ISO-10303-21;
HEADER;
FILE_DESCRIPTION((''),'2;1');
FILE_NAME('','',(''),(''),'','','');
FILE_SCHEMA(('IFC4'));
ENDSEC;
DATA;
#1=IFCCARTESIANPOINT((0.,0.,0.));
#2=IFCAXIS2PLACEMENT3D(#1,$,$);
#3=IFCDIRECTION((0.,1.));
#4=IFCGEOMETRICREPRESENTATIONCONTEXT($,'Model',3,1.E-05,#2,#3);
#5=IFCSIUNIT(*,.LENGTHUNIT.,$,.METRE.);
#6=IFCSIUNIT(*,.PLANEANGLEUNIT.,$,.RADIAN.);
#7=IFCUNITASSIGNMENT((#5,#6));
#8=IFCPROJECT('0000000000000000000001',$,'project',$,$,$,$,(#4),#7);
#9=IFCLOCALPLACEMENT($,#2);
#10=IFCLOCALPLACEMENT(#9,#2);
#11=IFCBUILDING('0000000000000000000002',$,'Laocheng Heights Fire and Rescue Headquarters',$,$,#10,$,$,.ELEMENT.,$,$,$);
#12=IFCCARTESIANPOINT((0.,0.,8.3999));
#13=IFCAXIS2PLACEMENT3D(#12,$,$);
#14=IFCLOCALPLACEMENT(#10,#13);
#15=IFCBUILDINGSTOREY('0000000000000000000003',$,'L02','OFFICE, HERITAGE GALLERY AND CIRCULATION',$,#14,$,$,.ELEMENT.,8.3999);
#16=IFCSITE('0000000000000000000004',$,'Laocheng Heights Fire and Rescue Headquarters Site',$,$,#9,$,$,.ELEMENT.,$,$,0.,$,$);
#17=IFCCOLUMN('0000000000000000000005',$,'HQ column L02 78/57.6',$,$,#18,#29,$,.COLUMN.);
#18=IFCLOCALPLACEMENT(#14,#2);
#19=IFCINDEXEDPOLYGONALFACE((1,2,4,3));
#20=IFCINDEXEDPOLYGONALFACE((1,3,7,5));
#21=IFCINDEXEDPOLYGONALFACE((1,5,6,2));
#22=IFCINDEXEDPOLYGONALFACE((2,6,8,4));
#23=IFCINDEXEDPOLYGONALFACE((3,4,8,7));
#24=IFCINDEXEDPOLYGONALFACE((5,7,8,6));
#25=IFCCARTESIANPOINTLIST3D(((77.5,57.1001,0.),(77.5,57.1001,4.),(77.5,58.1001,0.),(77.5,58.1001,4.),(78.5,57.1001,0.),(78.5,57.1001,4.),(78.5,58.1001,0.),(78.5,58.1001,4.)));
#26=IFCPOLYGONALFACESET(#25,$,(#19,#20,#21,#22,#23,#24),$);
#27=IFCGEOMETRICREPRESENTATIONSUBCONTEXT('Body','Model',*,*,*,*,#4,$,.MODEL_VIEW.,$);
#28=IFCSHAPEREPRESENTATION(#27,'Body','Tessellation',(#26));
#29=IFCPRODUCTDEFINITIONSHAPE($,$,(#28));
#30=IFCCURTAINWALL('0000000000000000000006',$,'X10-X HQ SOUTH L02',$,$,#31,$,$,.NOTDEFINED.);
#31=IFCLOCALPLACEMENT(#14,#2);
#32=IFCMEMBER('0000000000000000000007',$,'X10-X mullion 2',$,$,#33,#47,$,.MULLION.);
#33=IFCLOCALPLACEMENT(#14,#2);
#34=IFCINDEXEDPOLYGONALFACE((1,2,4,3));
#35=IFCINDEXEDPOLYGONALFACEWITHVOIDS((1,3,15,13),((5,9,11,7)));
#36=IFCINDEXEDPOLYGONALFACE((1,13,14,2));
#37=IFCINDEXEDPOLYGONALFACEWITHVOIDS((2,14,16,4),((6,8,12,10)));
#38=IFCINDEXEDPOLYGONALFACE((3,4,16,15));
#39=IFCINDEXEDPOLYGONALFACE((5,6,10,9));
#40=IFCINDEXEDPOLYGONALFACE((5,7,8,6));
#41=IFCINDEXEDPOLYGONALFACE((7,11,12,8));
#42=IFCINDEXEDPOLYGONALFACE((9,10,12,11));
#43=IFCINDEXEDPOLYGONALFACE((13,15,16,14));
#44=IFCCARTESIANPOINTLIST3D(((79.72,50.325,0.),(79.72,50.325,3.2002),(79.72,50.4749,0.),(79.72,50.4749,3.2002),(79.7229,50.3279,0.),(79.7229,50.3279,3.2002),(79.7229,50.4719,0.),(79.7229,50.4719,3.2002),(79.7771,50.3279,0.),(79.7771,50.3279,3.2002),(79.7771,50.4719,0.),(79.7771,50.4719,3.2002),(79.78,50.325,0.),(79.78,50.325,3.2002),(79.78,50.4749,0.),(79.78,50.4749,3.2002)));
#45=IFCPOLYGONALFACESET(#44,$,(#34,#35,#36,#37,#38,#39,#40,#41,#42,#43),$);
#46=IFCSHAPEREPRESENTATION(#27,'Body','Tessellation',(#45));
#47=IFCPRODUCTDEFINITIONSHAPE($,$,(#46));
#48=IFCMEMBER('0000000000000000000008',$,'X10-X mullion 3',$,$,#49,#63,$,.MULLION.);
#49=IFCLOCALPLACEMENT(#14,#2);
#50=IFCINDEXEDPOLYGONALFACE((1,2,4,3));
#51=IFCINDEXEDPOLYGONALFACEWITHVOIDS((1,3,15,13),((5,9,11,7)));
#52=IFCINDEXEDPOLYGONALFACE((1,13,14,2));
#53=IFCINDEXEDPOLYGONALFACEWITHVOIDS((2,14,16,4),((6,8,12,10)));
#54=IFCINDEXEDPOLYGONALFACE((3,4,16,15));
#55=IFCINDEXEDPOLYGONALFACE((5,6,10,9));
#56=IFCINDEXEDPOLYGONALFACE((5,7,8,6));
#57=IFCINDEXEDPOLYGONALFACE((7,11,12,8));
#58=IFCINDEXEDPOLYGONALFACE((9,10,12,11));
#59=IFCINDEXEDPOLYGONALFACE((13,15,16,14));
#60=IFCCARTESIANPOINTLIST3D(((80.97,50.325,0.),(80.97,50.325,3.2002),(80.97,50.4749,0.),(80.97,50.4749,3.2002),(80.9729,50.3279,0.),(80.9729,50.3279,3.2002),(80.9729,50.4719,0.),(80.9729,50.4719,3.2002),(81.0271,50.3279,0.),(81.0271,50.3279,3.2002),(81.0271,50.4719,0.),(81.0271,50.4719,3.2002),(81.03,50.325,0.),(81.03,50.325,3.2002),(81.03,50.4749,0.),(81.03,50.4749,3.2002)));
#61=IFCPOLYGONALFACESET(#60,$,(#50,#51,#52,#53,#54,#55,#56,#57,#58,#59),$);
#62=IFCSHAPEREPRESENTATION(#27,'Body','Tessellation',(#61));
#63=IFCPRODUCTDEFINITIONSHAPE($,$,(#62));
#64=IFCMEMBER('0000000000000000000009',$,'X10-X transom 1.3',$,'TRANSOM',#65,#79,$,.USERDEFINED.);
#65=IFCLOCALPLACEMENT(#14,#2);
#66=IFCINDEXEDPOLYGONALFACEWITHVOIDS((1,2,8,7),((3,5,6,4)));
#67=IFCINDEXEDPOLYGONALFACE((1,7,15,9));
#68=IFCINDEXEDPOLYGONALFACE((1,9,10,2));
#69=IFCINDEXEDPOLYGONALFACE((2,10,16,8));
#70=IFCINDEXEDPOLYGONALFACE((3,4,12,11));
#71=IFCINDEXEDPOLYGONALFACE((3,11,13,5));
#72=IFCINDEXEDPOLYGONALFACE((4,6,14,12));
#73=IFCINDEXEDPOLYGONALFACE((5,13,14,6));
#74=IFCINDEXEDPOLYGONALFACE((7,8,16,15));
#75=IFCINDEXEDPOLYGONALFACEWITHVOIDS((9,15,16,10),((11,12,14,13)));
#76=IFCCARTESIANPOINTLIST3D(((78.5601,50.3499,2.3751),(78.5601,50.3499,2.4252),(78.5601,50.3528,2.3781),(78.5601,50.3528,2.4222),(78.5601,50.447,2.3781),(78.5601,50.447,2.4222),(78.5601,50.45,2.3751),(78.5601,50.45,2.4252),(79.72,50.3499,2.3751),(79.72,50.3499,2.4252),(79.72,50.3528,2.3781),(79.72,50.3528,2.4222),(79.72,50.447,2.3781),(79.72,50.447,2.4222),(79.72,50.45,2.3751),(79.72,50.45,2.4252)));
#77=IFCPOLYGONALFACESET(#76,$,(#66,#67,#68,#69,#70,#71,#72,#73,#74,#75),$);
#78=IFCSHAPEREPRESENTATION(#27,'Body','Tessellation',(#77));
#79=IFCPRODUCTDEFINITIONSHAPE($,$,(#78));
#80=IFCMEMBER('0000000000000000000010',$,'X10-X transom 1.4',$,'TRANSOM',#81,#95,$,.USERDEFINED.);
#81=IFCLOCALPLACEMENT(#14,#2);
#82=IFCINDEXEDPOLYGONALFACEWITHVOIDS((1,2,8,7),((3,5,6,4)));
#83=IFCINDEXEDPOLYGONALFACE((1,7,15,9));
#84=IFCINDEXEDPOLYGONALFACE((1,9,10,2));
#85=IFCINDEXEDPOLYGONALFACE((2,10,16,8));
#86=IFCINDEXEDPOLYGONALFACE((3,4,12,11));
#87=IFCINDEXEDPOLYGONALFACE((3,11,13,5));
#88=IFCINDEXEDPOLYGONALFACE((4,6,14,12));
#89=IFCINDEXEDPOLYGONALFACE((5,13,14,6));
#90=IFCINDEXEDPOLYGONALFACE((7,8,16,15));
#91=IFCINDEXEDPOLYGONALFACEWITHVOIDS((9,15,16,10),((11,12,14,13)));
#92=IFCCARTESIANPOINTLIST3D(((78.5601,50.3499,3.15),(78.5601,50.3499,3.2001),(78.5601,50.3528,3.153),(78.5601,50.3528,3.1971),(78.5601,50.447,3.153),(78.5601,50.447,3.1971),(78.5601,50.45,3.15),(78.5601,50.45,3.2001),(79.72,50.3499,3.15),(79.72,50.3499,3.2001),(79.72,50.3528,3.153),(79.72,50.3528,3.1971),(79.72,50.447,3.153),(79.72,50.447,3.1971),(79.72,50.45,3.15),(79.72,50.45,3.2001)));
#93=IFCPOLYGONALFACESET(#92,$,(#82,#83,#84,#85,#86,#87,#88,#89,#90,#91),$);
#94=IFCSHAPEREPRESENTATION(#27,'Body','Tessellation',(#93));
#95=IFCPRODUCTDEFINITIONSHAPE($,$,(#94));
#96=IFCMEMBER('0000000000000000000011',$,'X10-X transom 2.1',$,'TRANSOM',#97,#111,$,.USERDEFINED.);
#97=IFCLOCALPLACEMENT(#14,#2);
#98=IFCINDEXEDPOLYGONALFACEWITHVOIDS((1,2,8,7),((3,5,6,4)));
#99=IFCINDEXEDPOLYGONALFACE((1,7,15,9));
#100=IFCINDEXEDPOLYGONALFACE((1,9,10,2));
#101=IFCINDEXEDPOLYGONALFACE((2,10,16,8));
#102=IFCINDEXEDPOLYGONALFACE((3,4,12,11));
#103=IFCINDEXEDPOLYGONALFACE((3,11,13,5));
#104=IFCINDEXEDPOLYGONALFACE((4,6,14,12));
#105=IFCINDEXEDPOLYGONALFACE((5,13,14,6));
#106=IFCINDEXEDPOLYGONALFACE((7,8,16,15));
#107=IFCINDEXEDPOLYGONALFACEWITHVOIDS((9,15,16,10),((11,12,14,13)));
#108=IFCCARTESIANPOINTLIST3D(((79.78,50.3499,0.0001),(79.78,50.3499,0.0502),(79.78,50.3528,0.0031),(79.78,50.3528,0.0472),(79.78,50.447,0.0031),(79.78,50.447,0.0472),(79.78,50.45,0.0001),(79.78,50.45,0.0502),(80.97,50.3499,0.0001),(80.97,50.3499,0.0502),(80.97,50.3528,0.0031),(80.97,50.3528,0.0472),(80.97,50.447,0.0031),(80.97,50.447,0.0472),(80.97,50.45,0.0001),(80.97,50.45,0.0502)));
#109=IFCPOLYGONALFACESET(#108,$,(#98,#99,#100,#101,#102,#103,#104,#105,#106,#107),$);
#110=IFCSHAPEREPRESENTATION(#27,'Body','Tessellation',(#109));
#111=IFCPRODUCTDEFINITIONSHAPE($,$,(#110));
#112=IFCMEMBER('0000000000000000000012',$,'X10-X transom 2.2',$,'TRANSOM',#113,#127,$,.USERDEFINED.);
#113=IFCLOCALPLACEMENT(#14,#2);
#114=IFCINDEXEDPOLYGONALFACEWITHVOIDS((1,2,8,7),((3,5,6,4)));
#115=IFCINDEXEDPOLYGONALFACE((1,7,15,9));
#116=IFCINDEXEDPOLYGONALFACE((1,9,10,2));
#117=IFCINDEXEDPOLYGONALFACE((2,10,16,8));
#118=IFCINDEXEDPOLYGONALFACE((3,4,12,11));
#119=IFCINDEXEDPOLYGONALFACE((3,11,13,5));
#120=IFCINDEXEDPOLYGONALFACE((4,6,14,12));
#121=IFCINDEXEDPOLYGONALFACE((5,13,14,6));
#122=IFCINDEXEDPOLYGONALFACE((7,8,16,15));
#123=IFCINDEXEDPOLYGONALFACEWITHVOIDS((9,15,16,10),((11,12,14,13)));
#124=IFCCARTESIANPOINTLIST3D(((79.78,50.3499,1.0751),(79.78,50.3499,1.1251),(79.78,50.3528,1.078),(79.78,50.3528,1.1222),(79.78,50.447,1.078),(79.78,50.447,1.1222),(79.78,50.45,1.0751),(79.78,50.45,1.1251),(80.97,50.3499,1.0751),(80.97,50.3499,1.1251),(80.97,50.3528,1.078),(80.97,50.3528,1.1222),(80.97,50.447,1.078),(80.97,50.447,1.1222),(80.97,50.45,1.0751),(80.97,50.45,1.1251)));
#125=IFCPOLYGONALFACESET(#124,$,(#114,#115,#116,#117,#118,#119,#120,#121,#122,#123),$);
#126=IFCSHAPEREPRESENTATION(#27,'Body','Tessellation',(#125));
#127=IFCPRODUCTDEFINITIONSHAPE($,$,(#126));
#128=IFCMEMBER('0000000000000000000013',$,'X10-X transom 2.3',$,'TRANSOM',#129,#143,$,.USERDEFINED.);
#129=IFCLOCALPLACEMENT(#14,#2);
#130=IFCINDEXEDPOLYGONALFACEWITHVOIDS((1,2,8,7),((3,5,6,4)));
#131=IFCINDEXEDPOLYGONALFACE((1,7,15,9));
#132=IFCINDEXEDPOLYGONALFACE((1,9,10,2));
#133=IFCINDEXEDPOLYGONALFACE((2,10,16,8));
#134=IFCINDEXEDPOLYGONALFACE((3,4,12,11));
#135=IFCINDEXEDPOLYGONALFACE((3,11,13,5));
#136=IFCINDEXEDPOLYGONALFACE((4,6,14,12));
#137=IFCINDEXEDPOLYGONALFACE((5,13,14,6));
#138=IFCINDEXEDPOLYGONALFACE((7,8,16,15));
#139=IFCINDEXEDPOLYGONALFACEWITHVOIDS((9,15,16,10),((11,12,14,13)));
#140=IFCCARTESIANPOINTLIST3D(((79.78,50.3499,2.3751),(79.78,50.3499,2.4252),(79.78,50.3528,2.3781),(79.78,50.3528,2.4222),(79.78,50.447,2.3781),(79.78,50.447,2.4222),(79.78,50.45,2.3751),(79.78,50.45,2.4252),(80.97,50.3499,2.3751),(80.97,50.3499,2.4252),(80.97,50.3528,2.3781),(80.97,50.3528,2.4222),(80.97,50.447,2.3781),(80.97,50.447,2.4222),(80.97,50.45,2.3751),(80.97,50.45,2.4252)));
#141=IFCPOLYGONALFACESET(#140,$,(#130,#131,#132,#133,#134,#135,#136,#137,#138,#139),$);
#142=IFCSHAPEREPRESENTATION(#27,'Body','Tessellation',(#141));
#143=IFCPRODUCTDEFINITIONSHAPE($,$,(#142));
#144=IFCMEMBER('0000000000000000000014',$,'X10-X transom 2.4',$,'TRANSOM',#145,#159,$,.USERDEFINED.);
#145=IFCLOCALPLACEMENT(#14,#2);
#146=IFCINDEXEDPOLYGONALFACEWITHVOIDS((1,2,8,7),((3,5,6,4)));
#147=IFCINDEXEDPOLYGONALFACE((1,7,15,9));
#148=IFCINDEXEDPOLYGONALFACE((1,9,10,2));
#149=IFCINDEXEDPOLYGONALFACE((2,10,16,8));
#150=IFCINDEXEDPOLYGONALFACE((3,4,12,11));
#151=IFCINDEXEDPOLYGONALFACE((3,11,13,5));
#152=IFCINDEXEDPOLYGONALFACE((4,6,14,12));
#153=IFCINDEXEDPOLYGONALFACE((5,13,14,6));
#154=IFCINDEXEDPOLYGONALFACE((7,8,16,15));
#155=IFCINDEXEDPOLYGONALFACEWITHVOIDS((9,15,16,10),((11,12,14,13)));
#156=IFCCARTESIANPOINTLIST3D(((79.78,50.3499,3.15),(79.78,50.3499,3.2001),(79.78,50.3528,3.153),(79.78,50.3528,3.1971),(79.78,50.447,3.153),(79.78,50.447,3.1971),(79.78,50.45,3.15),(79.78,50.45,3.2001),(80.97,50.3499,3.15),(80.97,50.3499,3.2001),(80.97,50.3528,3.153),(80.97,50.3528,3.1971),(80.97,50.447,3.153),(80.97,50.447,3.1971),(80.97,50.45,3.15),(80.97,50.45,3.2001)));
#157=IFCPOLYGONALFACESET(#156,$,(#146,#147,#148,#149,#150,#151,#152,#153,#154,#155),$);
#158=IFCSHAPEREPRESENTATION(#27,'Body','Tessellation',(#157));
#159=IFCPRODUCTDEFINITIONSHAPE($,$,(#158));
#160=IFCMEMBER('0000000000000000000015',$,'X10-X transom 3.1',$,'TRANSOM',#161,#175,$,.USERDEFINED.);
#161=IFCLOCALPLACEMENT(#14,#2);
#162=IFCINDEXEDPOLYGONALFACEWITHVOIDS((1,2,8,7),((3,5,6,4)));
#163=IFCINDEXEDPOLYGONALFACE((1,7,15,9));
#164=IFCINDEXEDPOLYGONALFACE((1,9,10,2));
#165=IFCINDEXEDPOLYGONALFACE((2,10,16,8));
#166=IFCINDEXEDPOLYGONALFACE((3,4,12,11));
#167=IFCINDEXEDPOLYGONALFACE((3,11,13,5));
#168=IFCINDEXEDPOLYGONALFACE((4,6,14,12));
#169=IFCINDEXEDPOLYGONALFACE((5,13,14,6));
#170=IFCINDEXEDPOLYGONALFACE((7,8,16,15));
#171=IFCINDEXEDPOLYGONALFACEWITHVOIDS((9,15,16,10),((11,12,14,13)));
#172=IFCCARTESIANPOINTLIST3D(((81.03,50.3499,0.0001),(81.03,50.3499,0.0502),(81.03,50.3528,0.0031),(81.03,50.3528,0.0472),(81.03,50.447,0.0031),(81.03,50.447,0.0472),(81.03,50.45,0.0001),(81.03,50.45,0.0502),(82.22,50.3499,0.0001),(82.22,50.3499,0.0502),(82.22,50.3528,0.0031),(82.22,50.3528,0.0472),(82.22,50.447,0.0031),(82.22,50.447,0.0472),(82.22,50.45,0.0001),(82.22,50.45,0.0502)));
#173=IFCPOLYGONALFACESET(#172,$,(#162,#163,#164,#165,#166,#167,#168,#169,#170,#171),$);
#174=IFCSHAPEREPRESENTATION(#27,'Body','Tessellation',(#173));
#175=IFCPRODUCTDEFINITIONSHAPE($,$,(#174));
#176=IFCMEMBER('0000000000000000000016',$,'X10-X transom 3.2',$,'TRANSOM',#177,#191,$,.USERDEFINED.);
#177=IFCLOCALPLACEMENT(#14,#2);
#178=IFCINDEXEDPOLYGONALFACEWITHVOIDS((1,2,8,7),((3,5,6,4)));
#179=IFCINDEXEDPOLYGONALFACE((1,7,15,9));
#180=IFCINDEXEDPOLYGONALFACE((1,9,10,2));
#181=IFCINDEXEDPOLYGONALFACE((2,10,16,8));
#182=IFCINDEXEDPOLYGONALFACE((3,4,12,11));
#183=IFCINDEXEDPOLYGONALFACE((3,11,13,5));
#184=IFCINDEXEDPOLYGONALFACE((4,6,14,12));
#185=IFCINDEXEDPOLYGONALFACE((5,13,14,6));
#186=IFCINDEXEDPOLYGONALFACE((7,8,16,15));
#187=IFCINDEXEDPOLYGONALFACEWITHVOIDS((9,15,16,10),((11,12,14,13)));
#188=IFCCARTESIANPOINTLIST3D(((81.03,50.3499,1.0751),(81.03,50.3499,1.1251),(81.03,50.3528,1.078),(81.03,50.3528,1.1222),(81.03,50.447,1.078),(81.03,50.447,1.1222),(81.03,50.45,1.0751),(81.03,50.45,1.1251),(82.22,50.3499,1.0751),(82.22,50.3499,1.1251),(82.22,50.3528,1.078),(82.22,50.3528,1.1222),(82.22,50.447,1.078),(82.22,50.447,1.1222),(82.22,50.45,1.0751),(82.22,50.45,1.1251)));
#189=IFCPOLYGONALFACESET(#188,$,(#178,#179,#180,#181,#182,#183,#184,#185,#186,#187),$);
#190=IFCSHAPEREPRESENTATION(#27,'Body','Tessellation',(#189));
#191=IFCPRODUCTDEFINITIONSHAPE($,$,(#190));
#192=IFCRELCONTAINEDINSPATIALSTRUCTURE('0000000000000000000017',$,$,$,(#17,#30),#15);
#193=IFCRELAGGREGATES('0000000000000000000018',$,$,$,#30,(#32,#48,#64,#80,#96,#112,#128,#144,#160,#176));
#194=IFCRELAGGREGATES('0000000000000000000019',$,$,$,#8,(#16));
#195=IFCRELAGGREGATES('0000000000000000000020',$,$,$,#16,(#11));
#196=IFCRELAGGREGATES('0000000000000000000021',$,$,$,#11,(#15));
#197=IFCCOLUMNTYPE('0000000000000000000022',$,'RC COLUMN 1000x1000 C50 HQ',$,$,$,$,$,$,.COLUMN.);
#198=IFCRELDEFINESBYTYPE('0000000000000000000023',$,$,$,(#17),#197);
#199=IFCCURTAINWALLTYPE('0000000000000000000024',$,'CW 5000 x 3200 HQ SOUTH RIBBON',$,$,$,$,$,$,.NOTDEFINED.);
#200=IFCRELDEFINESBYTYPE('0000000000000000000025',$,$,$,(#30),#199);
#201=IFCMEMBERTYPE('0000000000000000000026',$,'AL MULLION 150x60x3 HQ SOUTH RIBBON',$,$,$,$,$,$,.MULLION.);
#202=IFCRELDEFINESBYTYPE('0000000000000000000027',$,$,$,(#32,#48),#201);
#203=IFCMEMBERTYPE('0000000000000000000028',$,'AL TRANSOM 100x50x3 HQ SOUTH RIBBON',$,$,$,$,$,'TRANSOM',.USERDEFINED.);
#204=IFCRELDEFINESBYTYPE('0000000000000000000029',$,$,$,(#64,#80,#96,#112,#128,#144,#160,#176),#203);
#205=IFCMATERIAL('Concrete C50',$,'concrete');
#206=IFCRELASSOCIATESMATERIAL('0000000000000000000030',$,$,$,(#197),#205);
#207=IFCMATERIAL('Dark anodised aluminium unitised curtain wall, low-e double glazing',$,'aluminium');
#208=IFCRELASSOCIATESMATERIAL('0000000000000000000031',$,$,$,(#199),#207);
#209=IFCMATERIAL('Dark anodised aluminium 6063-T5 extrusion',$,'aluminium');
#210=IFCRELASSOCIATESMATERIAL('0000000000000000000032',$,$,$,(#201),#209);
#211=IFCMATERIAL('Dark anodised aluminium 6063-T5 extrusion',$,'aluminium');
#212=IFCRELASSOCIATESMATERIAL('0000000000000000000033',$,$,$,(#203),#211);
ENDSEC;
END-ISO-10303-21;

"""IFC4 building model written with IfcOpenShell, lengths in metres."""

from ifc_helpers import new_model, si_unit, direction, frame, origin, origin_2d, place, context, subcontext, project, spatial, rectangle, hollow_rectangle, extrude, material, material_profile, profile_set, type_object, element, aggregate, save


model = new_model("IFC4")

# Units and contexts
model_context = context("Model", 3, precision=1e-05, world=origin(), true_north=direction((0.0, 1.0)))
body_context = subcontext(model_context, "Body", "Model", "MODEL_VIEW")
ifc_project = project(units=[si_unit("LENGTHUNIT", "METRE"), si_unit("PLANEANGLEUNIT", "RADIAN")], contexts=[model_context])

# Site, building, storey
site_placement = place(None, origin())
site = spatial("IfcSite", under=ifc_project, at=site_placement, Name="Laocheng Heights Fire and Rescue Headquarters Site", CompositionType="ELEMENT", RefElevation=0.0)
building_placement = place(site_placement, origin())
building = spatial("IfcBuilding", under=site, at=building_placement, Name="Laocheng Heights Fire and Rescue Headquarters", CompositionType="ELEMENT")
storey_placement = place(building_placement, frame((0.0, 0.0, 8.3999)))
storey = spatial("IfcBuildingStorey", under=building, at=storey_placement, Name="L02", Description="OFFICE, HERITAGE GALLERY AND CIRCULATION", CompositionType="ELEMENT", Elevation=8.3999)

# Column
ifc_material_1 = material(Name="Concrete C50", Category="concrete")
ifc_material_profile_1 = material_profile(ifc_material_1, rectangle(XDim=1.0, YDim=1.0, at=origin_2d()), Name="RC COLUMN 1000x1000 C50 HQ")
ifc_profile_set_1 = profile_set([ifc_material_profile_1], Name="Concrete C50")
column_type = type_object("IfcColumnType", Name="RC COLUMN 1000x1000 C50 HQ", PredefinedType="COLUMN", material=ifc_profile_set_1)
column_placement = place(storey_placement, frame((78.0, 57.6001, 0.0), z_axis=(0.0, 0.0, 1.0), x_axis=(1.0, 0.0, 0.0)))
element("IfcColumn", 1, at=column_placement, inside=storey, type_object=column_type, Name="HQ column L02 78/57.6", PredefinedType="COLUMN", context=body_context, shape_type="SweptSolid", body=[
    extrude(rectangle(XDim=1.0, YDim=1.0, at=origin_2d()), origin(), (0.0, 0.0, 1.0), 4.0),
])

# Curtain wall, members
ifc_material_2 = material(Name="Dark anodised aluminium unitised curtain wall, low-e double glazing", Category="aluminium")
curtain_wall_type = type_object("IfcCurtainWallType", Name="CW 5000 x 3200 HQ SOUTH RIBBON", PredefinedType="NOTDEFINED", material=ifc_material_2)
curtain_wall_placement = place(storey_placement, origin())
curtain_wall = element("IfcCurtainWall", 2, at=curtain_wall_placement, inside=storey, type_object=curtain_wall_type, Name="X10-X HQ SOUTH L02", PredefinedType="NOTDEFINED")
ifc_material_3 = material(Name="Dark anodised aluminium 6063-T5 extrusion", Category="aluminium")
ifc_material_profile_2 = material_profile(ifc_material_3, hollow_rectangle(XDim=0.1499, YDim=0.0601, WallThickness=0.0029, at=origin_2d()), Name="AL MULLION 150x60x3 HQ SOUTH RIBBON")
ifc_profile_set_2 = profile_set([ifc_material_profile_2], Name="Dark anodised aluminium 6063-T5 extrusion")
member_type_1 = type_object("IfcMemberType", Name="AL MULLION 150x60x3 HQ SOUTH RIBBON", PredefinedType="MULLION", material=ifc_profile_set_2)
member_1_placement = place(storey_placement, frame((79.75, 50.3999, 0.0), z_axis=(0.0, 0.0, 1.0), x_axis=(0.0, 1.0, 0.0)))
member_1 = element("IfcMember", 3, at=member_1_placement, type_object=member_type_1, Name="X10-X mullion 2", PredefinedType="MULLION", context=body_context, shape_type="SweptSolid", body=[
    extrude(hollow_rectangle(XDim=0.1499, YDim=0.0601, WallThickness=0.0029, at=origin_2d()), origin(), (0.0, 0.0, 1.0), 3.2002),
])
member_2_placement = place(storey_placement, frame((81.0, 50.3999, 0.0), z_axis=(0.0, 0.0, 1.0), x_axis=(0.0, 1.0, 0.0)))
member_2 = element("IfcMember", 4, at=member_2_placement, type_object=member_type_1, Name="X10-X mullion 3", PredefinedType="MULLION", context=body_context, shape_type="SweptSolid", body=[
    extrude(hollow_rectangle(XDim=0.1499, YDim=0.0601, WallThickness=0.0029, at=origin_2d()), origin(), (0.0, 0.0, 1.0), 3.2002),
])
ifc_material_4 = material(Name="Dark anodised aluminium 6063-T5 extrusion", Category="aluminium")
ifc_material_profile_3 = material_profile(ifc_material_4, hollow_rectangle(XDim=0.1001, YDim=0.05, WallThickness=0.0029, at=origin_2d()), Name="AL TRANSOM 100x50x3 HQ SOUTH RIBBON")
ifc_profile_set_3 = profile_set([ifc_material_profile_3], Name="Dark anodised aluminium 6063-T5 extrusion")
member_type_2 = type_object("IfcMemberType", Name="AL TRANSOM 100x50x3 HQ SOUTH RIBBON", ElementType="TRANSOM", PredefinedType="USERDEFINED", material=ifc_profile_set_3)
member_3_placement = place(storey_placement, frame((78.5601, 50.3999, 2.4001), z_axis=(1.0, 0.0, 0.0), x_axis=(0.0, 1.0, 0.0)))
member_3 = element("IfcMember", 5, at=member_3_placement, type_object=member_type_2, Name="X10-X transom 1.3", ObjectType="TRANSOM", PredefinedType="USERDEFINED", context=body_context, shape_type="SweptSolid", body=[
    extrude(hollow_rectangle(XDim=0.1001, YDim=0.05, WallThickness=0.0029, at=origin_2d()), origin(), (0.0, 0.0, 1.0), 1.1599),
])
member_4_placement = place(storey_placement, frame((78.5601, 50.3999, 3.175), z_axis=(1.0, 0.0, 0.0), x_axis=(0.0, 1.0, 0.0)))
member_4 = element("IfcMember", 6, at=member_4_placement, type_object=member_type_2, Name="X10-X transom 1.4", ObjectType="TRANSOM", PredefinedType="USERDEFINED", context=body_context, shape_type="SweptSolid", body=[
    extrude(hollow_rectangle(XDim=0.1001, YDim=0.05, WallThickness=0.0029, at=origin_2d()), origin(), (0.0, 0.0, 1.0), 1.1599),
])
member_5_placement = place(storey_placement, frame((79.78, 50.3999, 0.0251), z_axis=(1.0, 0.0, 0.0), x_axis=(0.0, 1.0, 0.0)))
member_5 = element("IfcMember", 7, at=member_5_placement, type_object=member_type_2, Name="X10-X transom 2.1", ObjectType="TRANSOM", PredefinedType="USERDEFINED", context=body_context, shape_type="SweptSolid", body=[
    extrude(hollow_rectangle(XDim=0.1001, YDim=0.05, WallThickness=0.0029, at=origin_2d()), origin(), (0.0, 0.0, 1.0), 1.1899),
])
member_6_placement = place(storey_placement, frame((79.78, 50.3999, 1.1001), z_axis=(1.0, 0.0, 0.0), x_axis=(0.0, 1.0, 0.0)))
member_6 = element("IfcMember", 8, at=member_6_placement, type_object=member_type_2, Name="X10-X transom 2.2", ObjectType="TRANSOM", PredefinedType="USERDEFINED", context=body_context, shape_type="SweptSolid", body=[
    extrude(hollow_rectangle(XDim=0.1001, YDim=0.05, WallThickness=0.0029, at=origin_2d()), origin(), (0.0, 0.0, 1.0), 1.1899),
])
member_7_placement = place(storey_placement, frame((79.78, 50.3999, 2.4001), z_axis=(1.0, 0.0, 0.0), x_axis=(0.0, 1.0, 0.0)))
member_7 = element("IfcMember", 9, at=member_7_placement, type_object=member_type_2, Name="X10-X transom 2.3", ObjectType="TRANSOM", PredefinedType="USERDEFINED", context=body_context, shape_type="SweptSolid", body=[
    extrude(hollow_rectangle(XDim=0.1001, YDim=0.05, WallThickness=0.0029, at=origin_2d()), origin(), (0.0, 0.0, 1.0), 1.1899),
])
member_8_placement = place(storey_placement, frame((79.78, 50.3999, 3.175), z_axis=(1.0, 0.0, 0.0), x_axis=(0.0, 1.0, 0.0)))
member_8 = element("IfcMember", 10, at=member_8_placement, type_object=member_type_2, Name="X10-X transom 2.4", ObjectType="TRANSOM", PredefinedType="USERDEFINED", context=body_context, shape_type="SweptSolid", body=[
    extrude(hollow_rectangle(XDim=0.1001, YDim=0.05, WallThickness=0.0029, at=origin_2d()), origin(), (0.0, 0.0, 1.0), 1.1899),
])
member_9_placement = place(storey_placement, frame((81.03, 50.3999, 0.0251), z_axis=(1.0, 0.0, 0.0), x_axis=(0.0, 1.0, 0.0)))
member_9 = element("IfcMember", 11, at=member_9_placement, type_object=member_type_2, Name="X10-X transom 3.1", ObjectType="TRANSOM", PredefinedType="USERDEFINED", context=body_context, shape_type="SweptSolid", body=[
    extrude(hollow_rectangle(XDim=0.1001, YDim=0.05, WallThickness=0.0029, at=origin_2d()), origin(), (0.0, 0.0, 1.0), 1.1899),
])
member_10_placement = place(storey_placement, frame((81.03, 50.3999, 1.1001), z_axis=(1.0, 0.0, 0.0), x_axis=(0.0, 1.0, 0.0)))
member_10 = element("IfcMember", 12, at=member_10_placement, type_object=member_type_2, Name="X10-X transom 3.2", ObjectType="TRANSOM", PredefinedType="USERDEFINED", context=body_context, shape_type="SweptSolid", body=[
    extrude(hollow_rectangle(XDim=0.1001, YDim=0.05, WallThickness=0.0029, at=origin_2d()), origin(), (0.0, 0.0, 1.0), 1.1899),
])

aggregate(curtain_wall, [member_1, member_2, member_3, member_4, member_5, member_6, member_7, member_8, member_9, member_10])

save(model, "model.ifc")
